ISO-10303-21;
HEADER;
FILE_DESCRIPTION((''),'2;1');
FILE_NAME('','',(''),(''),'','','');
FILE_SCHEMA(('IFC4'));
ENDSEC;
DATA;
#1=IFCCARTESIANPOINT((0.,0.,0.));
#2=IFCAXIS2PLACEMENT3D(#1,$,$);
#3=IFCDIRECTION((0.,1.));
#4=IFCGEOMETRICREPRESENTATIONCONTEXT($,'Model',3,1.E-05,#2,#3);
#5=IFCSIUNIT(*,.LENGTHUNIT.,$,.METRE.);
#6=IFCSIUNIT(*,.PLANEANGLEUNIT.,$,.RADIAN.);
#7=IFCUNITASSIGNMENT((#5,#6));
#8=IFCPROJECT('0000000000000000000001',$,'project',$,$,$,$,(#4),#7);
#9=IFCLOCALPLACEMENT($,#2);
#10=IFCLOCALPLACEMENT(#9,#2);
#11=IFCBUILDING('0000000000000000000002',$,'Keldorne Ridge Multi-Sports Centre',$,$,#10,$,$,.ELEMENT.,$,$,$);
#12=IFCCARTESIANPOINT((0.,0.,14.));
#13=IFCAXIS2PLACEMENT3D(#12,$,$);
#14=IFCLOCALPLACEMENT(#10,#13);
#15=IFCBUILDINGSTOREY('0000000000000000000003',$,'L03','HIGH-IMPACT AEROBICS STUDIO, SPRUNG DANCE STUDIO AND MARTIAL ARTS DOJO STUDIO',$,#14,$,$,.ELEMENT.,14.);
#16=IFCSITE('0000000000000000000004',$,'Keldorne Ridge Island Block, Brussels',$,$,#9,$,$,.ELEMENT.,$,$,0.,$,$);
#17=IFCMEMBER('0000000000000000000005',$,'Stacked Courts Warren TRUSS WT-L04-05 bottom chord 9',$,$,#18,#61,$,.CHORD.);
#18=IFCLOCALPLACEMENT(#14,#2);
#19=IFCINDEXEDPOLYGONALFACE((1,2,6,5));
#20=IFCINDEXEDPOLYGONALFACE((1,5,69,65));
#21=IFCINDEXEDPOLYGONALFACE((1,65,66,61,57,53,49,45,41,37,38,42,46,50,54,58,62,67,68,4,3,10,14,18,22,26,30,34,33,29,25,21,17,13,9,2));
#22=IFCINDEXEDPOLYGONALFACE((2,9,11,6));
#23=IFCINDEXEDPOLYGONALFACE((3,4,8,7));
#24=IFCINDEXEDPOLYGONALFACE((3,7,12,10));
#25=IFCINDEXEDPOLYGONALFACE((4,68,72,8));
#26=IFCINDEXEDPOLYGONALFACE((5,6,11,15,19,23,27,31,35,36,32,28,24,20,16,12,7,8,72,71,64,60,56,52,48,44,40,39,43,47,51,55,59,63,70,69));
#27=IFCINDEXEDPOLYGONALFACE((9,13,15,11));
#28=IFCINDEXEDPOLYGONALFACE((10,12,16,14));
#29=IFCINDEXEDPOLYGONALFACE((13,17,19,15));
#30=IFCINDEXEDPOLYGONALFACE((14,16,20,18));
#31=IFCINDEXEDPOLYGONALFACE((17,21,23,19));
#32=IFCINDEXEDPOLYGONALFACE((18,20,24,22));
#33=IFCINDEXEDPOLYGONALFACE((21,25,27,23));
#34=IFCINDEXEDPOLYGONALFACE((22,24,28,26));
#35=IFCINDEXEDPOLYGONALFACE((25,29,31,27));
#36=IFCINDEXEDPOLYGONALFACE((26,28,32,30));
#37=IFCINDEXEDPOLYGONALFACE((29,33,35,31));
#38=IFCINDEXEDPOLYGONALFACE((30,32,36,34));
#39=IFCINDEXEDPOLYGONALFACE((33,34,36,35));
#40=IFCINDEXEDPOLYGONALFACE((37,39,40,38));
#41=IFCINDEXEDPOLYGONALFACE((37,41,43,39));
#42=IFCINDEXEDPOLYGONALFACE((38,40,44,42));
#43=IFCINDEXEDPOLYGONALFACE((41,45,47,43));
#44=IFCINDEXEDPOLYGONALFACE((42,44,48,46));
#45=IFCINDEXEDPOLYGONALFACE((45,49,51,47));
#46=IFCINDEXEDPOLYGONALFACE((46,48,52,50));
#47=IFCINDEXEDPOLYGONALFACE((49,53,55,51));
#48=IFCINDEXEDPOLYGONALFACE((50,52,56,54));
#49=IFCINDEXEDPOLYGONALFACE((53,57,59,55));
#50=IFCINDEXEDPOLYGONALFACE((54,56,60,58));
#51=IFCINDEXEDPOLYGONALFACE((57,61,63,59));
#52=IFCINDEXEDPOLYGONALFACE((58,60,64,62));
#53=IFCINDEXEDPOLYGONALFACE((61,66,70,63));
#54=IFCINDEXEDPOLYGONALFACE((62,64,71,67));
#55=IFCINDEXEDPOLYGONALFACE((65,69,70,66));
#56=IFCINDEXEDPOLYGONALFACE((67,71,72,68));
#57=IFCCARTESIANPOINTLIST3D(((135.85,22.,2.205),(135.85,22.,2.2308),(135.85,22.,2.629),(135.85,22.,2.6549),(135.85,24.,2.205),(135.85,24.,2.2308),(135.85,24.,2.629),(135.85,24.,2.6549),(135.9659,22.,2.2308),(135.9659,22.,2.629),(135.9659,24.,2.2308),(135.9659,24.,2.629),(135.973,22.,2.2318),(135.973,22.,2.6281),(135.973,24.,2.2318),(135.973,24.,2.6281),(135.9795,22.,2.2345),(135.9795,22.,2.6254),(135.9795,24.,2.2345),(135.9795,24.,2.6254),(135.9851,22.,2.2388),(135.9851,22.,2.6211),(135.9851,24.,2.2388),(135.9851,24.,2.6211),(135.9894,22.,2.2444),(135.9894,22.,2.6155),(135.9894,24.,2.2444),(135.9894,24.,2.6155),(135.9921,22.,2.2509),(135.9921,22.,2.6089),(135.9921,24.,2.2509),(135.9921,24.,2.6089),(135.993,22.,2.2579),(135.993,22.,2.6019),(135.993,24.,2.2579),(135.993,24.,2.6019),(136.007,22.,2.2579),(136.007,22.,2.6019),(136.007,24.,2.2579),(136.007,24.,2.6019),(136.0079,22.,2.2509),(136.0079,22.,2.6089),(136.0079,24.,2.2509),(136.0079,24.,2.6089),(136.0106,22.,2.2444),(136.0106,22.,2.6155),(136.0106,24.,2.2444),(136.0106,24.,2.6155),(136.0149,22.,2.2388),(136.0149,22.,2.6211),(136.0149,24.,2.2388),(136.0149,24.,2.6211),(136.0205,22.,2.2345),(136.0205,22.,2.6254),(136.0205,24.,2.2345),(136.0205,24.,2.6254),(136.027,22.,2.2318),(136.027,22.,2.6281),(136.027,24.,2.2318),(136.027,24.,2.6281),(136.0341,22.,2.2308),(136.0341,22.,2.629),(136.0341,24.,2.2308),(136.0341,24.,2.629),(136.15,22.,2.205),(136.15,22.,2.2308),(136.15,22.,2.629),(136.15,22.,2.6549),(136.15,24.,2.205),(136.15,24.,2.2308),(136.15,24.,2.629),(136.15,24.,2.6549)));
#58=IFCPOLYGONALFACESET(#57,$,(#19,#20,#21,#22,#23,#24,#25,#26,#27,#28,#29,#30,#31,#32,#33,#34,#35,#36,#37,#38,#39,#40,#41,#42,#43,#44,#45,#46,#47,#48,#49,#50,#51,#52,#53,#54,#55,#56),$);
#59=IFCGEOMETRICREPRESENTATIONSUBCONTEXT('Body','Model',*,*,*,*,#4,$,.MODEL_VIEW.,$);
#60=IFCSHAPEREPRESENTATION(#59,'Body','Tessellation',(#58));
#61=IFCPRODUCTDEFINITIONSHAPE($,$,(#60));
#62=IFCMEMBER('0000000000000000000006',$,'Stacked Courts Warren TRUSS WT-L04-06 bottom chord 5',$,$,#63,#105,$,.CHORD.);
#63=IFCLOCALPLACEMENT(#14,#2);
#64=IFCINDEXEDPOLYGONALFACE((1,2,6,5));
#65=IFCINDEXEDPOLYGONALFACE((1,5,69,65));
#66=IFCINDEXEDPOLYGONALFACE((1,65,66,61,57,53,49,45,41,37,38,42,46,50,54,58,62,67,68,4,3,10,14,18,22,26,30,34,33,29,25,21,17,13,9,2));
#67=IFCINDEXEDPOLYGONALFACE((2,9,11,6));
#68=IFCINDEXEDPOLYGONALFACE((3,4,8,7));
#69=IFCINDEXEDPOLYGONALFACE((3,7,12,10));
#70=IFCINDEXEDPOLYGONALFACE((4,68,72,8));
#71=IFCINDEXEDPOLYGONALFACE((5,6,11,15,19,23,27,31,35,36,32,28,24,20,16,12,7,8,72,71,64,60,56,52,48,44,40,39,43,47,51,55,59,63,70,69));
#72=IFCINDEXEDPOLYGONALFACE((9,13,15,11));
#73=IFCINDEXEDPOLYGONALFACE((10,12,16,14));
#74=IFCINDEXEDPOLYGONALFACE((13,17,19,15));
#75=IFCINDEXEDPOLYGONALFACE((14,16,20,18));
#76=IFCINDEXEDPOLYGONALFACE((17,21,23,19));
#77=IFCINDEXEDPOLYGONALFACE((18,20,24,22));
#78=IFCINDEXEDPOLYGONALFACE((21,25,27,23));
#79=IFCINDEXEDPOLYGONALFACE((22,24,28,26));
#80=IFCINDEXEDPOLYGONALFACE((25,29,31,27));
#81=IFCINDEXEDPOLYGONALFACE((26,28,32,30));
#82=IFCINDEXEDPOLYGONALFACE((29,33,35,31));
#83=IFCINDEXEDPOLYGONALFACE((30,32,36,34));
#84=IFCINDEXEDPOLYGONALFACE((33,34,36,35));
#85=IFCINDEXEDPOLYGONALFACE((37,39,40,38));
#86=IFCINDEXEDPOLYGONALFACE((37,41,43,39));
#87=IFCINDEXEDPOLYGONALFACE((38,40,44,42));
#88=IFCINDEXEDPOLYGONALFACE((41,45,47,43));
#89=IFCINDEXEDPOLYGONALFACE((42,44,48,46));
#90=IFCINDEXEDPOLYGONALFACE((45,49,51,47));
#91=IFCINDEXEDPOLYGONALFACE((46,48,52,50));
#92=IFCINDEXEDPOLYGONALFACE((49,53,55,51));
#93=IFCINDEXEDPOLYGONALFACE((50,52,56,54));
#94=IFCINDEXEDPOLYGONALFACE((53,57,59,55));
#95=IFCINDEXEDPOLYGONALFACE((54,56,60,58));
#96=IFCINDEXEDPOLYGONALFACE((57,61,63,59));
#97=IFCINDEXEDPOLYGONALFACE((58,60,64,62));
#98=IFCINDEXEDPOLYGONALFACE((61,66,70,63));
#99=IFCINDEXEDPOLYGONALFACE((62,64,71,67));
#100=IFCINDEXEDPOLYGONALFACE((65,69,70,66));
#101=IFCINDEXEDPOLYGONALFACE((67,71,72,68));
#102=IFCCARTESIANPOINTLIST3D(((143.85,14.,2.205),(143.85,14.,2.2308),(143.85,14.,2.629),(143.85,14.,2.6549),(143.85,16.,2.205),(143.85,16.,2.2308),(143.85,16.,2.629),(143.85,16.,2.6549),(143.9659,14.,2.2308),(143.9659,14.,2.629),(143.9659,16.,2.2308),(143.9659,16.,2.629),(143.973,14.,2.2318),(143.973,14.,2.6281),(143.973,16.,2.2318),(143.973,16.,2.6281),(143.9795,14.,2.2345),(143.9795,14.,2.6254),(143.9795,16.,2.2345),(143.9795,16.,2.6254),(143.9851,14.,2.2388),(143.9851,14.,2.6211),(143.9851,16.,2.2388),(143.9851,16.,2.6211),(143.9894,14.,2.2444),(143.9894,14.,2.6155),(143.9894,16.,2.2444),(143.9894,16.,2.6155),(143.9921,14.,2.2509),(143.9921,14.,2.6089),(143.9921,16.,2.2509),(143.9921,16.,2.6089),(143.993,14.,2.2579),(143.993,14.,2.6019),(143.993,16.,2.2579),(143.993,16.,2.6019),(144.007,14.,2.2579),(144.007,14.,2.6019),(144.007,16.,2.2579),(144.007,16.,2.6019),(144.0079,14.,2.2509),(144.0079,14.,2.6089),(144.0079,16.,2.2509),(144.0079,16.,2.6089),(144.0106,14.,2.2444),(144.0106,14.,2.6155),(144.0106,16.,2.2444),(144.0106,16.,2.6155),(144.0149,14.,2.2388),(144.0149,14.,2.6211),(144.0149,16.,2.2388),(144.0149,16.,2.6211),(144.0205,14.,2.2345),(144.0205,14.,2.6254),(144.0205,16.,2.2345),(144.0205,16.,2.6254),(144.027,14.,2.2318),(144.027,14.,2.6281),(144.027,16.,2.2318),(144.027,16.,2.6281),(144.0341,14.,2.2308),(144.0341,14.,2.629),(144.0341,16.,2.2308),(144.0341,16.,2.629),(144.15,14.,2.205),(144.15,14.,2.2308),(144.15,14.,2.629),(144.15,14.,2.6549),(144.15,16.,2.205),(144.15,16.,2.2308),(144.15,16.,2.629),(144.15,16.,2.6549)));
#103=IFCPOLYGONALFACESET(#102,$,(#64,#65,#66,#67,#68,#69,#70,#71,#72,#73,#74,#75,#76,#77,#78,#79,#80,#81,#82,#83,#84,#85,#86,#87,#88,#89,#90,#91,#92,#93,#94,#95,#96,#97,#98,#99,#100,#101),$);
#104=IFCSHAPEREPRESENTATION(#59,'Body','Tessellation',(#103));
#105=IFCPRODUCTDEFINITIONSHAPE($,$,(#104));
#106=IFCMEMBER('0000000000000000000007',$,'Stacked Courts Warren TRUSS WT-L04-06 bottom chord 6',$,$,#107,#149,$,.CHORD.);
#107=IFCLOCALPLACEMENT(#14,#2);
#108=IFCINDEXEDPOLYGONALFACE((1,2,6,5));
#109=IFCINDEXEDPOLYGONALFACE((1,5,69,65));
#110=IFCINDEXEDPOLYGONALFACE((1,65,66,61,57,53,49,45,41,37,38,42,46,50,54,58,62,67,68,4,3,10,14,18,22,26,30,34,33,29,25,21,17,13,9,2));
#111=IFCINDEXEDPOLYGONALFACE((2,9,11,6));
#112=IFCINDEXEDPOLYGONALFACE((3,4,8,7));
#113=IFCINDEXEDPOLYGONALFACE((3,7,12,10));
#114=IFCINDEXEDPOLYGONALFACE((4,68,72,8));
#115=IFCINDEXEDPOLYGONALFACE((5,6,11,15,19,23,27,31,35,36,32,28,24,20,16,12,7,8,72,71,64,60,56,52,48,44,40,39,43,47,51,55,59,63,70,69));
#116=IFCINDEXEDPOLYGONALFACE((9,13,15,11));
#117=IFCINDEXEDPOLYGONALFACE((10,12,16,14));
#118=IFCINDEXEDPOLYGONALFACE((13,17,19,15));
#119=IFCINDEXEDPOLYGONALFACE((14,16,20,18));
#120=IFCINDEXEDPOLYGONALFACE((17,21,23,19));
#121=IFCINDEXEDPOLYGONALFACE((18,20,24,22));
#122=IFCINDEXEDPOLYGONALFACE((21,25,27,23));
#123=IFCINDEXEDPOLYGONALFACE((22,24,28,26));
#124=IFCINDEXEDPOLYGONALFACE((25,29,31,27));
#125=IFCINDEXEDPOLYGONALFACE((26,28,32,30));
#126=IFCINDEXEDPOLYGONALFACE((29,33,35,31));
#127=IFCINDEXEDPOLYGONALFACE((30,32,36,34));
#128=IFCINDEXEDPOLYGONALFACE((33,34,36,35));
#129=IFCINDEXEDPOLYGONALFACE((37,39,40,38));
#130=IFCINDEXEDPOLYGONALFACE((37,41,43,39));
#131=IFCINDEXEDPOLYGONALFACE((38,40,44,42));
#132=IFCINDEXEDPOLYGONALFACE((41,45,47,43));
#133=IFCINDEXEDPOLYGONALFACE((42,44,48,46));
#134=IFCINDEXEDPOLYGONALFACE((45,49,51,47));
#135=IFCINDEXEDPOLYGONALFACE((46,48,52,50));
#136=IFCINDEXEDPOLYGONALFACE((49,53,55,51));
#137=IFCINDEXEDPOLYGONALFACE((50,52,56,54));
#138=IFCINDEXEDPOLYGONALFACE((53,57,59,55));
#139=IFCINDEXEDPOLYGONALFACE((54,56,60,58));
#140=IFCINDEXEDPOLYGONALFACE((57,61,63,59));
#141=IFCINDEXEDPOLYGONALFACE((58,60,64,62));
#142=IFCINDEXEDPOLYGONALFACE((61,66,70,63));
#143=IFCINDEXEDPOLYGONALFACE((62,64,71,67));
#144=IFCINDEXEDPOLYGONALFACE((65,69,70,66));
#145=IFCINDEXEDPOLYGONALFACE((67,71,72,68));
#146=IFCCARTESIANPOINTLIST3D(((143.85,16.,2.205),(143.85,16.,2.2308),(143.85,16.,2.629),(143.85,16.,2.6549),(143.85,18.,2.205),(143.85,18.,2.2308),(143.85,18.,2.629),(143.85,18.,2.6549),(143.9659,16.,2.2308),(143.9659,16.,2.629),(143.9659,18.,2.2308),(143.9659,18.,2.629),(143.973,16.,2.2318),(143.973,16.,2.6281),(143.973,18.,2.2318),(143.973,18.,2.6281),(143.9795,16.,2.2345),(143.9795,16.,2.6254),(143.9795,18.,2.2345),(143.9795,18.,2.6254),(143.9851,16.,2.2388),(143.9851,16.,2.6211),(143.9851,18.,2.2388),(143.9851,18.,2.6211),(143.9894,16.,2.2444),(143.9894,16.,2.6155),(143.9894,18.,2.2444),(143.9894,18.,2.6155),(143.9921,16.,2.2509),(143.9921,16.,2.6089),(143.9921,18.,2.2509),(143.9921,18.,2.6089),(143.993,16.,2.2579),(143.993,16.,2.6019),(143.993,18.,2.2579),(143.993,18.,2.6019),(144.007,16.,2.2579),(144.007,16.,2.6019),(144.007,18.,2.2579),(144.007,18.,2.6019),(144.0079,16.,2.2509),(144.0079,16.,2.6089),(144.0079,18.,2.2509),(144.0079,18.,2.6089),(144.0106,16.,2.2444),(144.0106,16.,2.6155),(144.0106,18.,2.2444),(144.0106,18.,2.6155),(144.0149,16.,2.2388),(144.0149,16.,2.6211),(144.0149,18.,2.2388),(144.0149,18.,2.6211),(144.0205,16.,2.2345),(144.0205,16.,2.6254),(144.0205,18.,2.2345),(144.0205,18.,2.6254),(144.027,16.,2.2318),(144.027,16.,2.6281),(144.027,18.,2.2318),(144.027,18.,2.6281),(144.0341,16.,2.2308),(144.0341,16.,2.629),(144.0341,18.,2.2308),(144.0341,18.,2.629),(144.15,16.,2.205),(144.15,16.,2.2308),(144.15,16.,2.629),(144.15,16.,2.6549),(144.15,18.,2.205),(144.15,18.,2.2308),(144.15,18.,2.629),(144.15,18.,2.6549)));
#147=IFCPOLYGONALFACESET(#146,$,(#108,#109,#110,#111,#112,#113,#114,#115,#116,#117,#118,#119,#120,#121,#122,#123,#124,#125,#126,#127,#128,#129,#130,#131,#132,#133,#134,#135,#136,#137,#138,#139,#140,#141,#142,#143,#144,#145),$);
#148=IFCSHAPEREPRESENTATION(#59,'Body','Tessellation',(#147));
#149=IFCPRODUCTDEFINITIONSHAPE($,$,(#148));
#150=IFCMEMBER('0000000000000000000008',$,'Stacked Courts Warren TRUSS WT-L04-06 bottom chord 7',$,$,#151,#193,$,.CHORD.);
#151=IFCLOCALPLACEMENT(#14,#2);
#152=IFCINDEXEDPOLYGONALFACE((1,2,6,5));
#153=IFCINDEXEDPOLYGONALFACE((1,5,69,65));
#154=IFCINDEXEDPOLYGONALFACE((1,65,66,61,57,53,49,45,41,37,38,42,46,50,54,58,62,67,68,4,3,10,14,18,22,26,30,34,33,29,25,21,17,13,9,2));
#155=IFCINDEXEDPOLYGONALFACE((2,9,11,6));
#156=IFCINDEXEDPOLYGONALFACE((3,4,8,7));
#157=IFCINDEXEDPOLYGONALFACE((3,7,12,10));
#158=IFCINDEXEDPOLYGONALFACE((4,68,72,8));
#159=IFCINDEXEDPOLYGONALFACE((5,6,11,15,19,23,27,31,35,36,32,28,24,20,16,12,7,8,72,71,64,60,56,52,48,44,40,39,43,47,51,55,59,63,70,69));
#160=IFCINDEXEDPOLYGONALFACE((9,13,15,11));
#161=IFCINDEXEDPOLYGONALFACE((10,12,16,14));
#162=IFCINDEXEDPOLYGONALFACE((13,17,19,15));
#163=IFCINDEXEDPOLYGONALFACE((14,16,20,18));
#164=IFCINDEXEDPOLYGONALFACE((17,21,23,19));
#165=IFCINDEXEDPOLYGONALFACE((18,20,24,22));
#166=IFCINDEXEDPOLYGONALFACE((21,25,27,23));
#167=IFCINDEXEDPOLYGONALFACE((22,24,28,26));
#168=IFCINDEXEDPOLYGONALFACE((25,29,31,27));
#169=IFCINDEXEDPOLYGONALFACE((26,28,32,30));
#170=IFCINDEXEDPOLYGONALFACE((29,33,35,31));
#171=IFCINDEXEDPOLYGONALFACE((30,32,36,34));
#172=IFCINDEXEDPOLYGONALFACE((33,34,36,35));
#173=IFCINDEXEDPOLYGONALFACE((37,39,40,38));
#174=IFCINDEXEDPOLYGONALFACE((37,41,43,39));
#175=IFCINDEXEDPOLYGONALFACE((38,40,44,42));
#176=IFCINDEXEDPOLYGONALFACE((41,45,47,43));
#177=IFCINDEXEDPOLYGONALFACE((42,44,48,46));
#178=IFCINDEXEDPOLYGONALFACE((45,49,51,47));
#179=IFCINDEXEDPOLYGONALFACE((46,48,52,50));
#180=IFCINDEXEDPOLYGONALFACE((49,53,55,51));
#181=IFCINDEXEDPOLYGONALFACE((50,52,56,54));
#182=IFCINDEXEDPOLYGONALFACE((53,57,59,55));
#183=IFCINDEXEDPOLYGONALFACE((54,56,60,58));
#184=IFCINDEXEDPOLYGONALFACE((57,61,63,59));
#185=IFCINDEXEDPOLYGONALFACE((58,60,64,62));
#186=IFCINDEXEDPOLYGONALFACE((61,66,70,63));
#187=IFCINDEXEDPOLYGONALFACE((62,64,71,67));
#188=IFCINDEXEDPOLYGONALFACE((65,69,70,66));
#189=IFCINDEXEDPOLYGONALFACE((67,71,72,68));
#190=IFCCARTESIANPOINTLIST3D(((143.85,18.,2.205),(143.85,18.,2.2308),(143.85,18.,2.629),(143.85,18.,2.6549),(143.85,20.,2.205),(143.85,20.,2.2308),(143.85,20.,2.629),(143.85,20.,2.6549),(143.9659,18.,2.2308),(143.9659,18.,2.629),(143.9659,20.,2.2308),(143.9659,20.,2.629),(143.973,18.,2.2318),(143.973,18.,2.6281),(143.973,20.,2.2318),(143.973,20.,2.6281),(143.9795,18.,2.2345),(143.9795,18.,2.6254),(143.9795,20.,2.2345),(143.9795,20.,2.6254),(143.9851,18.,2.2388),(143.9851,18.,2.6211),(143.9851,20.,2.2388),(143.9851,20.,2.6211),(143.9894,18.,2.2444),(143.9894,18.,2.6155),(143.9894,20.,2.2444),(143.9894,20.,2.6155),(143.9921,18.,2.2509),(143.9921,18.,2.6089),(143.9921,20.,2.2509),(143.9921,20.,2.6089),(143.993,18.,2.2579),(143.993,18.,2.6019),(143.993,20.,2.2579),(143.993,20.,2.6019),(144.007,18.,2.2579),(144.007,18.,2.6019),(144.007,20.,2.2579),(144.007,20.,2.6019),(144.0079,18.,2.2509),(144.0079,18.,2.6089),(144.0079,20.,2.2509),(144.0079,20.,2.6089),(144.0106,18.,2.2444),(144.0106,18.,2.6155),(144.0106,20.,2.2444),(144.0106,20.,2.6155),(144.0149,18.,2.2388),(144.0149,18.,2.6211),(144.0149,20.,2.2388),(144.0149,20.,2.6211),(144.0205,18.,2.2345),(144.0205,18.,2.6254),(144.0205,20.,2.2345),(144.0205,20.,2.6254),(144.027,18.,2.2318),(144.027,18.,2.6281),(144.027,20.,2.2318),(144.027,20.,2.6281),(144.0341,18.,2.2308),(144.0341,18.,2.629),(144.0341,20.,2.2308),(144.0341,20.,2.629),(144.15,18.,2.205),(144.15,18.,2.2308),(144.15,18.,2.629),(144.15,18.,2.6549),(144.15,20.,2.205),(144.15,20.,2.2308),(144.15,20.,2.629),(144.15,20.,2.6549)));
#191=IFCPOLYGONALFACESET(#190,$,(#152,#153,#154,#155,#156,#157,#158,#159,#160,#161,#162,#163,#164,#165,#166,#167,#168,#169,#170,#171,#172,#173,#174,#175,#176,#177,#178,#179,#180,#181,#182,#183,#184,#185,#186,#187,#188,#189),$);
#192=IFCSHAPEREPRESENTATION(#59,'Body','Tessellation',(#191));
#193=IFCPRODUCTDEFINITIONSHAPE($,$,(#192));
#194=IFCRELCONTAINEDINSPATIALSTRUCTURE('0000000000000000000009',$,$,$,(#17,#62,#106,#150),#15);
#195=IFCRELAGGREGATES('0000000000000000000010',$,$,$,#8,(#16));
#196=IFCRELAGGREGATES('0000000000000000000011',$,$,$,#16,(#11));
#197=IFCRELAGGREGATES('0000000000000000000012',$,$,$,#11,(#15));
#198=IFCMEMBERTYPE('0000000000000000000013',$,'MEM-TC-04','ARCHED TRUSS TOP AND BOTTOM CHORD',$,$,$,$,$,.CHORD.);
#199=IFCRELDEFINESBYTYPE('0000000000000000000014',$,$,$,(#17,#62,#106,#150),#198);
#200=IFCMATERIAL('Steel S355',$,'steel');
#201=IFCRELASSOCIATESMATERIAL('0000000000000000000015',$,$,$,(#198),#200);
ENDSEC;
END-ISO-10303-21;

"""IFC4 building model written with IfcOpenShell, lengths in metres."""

from ifc_helpers import new_model, si_unit, direction, frame, origin, origin_2d, place, context, subcontext, project, spatial, i_section, extrude, material, material_profile, profile_set, type_object, element, save


model = new_model("IFC4")

# Units and contexts
model_context = context("Model", 3, precision=1e-05, world=origin(), true_north=direction((0.0, 1.0)))
body_context = subcontext(model_context, "Body", "Model", "MODEL_VIEW")
ifc_project = project(units=[si_unit("LENGTHUNIT", "METRE"), si_unit("PLANEANGLEUNIT", "RADIAN")], contexts=[model_context])

# Site, building, storey
site_placement = place(None, origin())
site = spatial("IfcSite", under=ifc_project, at=site_placement, Name="Keldorne Ridge Island Block, Brussels", CompositionType="ELEMENT", RefElevation=0.0)
building_placement = place(site_placement, origin())
building = spatial("IfcBuilding", under=site, at=building_placement, Name="Keldorne Ridge Multi-Sports Centre", CompositionType="ELEMENT")
storey_placement = place(building_placement, frame((0.0, 0.0, 14.0)))
storey = spatial("IfcBuildingStorey", under=building, at=storey_placement, Name="L03", Description="HIGH-IMPACT AEROBICS STUDIO, SPRUNG DANCE STUDIO AND MARTIAL ARTS DOJO STUDIO", CompositionType="ELEMENT", Elevation=14.0)

# Members
ifc_material = material(Name="Steel S355", Category="steel")
ifc_material_profile_1 = material_profile(ifc_material, i_section(OverallWidth=0.3, OverallDepth=0.45, WebThickness=0.0139, FlangeThickness=0.0259, FilletRadius=0.0271, at=origin_2d()), Name="HEB 450")
ifc_profile_set_1 = profile_set([ifc_material_profile_1], Name="Steel S355")
member_type_1 = type_object("IfcMemberType", Name="MEM-TC-04", Description="ARCHED TRUSS TOP AND BOTTOM CHORD", PredefinedType="CHORD", material=ifc_profile_set_1)
for number, where, z_axis, x_axis, name in (
    (1, (136.0, 22.0, 2.4299), (0.0, 1.0, 0.0), (-1.0, 0.0, 0.0), "Stacked Courts Warren TRUSS WT-L04-05 bottom chord 9"),
    (2, (144.0, 14.0, 2.4299), (0.0, 1.0, 0.0), (-1.0, 0.0, 0.0), "Stacked Courts Warren TRUSS WT-L04-06 bottom chord 5"),
    (3, (144.0, 16.0, 2.4299), (0.0, 1.0, 0.0), (-1.0, 0.0, 0.0), "Stacked Courts Warren TRUSS WT-L04-06 bottom chord 6"),
    (4, (144.0, 18.0, 2.4299), (0.0, 1.0, 0.0), (-1.0, 0.0, 0.0), "Stacked Courts Warren TRUSS WT-L04-06 bottom chord 7"),
):
    element("IfcMember", number, at=place(storey_placement, frame(where, z_axis=z_axis, x_axis=x_axis)), inside=storey, type_object=member_type_1, Name=name, PredefinedType="CHORD", context=body_context, shape_type="SweptSolid", body=[
        extrude(i_section(OverallWidth=0.3, OverallDepth=0.45, WebThickness=0.0139, FlangeThickness=0.0259, FilletRadius=0.0271, at=origin_2d()), origin(), (0.0, 0.0, 1.0), 2.0),
    ])

save(model, "model.ifc")
